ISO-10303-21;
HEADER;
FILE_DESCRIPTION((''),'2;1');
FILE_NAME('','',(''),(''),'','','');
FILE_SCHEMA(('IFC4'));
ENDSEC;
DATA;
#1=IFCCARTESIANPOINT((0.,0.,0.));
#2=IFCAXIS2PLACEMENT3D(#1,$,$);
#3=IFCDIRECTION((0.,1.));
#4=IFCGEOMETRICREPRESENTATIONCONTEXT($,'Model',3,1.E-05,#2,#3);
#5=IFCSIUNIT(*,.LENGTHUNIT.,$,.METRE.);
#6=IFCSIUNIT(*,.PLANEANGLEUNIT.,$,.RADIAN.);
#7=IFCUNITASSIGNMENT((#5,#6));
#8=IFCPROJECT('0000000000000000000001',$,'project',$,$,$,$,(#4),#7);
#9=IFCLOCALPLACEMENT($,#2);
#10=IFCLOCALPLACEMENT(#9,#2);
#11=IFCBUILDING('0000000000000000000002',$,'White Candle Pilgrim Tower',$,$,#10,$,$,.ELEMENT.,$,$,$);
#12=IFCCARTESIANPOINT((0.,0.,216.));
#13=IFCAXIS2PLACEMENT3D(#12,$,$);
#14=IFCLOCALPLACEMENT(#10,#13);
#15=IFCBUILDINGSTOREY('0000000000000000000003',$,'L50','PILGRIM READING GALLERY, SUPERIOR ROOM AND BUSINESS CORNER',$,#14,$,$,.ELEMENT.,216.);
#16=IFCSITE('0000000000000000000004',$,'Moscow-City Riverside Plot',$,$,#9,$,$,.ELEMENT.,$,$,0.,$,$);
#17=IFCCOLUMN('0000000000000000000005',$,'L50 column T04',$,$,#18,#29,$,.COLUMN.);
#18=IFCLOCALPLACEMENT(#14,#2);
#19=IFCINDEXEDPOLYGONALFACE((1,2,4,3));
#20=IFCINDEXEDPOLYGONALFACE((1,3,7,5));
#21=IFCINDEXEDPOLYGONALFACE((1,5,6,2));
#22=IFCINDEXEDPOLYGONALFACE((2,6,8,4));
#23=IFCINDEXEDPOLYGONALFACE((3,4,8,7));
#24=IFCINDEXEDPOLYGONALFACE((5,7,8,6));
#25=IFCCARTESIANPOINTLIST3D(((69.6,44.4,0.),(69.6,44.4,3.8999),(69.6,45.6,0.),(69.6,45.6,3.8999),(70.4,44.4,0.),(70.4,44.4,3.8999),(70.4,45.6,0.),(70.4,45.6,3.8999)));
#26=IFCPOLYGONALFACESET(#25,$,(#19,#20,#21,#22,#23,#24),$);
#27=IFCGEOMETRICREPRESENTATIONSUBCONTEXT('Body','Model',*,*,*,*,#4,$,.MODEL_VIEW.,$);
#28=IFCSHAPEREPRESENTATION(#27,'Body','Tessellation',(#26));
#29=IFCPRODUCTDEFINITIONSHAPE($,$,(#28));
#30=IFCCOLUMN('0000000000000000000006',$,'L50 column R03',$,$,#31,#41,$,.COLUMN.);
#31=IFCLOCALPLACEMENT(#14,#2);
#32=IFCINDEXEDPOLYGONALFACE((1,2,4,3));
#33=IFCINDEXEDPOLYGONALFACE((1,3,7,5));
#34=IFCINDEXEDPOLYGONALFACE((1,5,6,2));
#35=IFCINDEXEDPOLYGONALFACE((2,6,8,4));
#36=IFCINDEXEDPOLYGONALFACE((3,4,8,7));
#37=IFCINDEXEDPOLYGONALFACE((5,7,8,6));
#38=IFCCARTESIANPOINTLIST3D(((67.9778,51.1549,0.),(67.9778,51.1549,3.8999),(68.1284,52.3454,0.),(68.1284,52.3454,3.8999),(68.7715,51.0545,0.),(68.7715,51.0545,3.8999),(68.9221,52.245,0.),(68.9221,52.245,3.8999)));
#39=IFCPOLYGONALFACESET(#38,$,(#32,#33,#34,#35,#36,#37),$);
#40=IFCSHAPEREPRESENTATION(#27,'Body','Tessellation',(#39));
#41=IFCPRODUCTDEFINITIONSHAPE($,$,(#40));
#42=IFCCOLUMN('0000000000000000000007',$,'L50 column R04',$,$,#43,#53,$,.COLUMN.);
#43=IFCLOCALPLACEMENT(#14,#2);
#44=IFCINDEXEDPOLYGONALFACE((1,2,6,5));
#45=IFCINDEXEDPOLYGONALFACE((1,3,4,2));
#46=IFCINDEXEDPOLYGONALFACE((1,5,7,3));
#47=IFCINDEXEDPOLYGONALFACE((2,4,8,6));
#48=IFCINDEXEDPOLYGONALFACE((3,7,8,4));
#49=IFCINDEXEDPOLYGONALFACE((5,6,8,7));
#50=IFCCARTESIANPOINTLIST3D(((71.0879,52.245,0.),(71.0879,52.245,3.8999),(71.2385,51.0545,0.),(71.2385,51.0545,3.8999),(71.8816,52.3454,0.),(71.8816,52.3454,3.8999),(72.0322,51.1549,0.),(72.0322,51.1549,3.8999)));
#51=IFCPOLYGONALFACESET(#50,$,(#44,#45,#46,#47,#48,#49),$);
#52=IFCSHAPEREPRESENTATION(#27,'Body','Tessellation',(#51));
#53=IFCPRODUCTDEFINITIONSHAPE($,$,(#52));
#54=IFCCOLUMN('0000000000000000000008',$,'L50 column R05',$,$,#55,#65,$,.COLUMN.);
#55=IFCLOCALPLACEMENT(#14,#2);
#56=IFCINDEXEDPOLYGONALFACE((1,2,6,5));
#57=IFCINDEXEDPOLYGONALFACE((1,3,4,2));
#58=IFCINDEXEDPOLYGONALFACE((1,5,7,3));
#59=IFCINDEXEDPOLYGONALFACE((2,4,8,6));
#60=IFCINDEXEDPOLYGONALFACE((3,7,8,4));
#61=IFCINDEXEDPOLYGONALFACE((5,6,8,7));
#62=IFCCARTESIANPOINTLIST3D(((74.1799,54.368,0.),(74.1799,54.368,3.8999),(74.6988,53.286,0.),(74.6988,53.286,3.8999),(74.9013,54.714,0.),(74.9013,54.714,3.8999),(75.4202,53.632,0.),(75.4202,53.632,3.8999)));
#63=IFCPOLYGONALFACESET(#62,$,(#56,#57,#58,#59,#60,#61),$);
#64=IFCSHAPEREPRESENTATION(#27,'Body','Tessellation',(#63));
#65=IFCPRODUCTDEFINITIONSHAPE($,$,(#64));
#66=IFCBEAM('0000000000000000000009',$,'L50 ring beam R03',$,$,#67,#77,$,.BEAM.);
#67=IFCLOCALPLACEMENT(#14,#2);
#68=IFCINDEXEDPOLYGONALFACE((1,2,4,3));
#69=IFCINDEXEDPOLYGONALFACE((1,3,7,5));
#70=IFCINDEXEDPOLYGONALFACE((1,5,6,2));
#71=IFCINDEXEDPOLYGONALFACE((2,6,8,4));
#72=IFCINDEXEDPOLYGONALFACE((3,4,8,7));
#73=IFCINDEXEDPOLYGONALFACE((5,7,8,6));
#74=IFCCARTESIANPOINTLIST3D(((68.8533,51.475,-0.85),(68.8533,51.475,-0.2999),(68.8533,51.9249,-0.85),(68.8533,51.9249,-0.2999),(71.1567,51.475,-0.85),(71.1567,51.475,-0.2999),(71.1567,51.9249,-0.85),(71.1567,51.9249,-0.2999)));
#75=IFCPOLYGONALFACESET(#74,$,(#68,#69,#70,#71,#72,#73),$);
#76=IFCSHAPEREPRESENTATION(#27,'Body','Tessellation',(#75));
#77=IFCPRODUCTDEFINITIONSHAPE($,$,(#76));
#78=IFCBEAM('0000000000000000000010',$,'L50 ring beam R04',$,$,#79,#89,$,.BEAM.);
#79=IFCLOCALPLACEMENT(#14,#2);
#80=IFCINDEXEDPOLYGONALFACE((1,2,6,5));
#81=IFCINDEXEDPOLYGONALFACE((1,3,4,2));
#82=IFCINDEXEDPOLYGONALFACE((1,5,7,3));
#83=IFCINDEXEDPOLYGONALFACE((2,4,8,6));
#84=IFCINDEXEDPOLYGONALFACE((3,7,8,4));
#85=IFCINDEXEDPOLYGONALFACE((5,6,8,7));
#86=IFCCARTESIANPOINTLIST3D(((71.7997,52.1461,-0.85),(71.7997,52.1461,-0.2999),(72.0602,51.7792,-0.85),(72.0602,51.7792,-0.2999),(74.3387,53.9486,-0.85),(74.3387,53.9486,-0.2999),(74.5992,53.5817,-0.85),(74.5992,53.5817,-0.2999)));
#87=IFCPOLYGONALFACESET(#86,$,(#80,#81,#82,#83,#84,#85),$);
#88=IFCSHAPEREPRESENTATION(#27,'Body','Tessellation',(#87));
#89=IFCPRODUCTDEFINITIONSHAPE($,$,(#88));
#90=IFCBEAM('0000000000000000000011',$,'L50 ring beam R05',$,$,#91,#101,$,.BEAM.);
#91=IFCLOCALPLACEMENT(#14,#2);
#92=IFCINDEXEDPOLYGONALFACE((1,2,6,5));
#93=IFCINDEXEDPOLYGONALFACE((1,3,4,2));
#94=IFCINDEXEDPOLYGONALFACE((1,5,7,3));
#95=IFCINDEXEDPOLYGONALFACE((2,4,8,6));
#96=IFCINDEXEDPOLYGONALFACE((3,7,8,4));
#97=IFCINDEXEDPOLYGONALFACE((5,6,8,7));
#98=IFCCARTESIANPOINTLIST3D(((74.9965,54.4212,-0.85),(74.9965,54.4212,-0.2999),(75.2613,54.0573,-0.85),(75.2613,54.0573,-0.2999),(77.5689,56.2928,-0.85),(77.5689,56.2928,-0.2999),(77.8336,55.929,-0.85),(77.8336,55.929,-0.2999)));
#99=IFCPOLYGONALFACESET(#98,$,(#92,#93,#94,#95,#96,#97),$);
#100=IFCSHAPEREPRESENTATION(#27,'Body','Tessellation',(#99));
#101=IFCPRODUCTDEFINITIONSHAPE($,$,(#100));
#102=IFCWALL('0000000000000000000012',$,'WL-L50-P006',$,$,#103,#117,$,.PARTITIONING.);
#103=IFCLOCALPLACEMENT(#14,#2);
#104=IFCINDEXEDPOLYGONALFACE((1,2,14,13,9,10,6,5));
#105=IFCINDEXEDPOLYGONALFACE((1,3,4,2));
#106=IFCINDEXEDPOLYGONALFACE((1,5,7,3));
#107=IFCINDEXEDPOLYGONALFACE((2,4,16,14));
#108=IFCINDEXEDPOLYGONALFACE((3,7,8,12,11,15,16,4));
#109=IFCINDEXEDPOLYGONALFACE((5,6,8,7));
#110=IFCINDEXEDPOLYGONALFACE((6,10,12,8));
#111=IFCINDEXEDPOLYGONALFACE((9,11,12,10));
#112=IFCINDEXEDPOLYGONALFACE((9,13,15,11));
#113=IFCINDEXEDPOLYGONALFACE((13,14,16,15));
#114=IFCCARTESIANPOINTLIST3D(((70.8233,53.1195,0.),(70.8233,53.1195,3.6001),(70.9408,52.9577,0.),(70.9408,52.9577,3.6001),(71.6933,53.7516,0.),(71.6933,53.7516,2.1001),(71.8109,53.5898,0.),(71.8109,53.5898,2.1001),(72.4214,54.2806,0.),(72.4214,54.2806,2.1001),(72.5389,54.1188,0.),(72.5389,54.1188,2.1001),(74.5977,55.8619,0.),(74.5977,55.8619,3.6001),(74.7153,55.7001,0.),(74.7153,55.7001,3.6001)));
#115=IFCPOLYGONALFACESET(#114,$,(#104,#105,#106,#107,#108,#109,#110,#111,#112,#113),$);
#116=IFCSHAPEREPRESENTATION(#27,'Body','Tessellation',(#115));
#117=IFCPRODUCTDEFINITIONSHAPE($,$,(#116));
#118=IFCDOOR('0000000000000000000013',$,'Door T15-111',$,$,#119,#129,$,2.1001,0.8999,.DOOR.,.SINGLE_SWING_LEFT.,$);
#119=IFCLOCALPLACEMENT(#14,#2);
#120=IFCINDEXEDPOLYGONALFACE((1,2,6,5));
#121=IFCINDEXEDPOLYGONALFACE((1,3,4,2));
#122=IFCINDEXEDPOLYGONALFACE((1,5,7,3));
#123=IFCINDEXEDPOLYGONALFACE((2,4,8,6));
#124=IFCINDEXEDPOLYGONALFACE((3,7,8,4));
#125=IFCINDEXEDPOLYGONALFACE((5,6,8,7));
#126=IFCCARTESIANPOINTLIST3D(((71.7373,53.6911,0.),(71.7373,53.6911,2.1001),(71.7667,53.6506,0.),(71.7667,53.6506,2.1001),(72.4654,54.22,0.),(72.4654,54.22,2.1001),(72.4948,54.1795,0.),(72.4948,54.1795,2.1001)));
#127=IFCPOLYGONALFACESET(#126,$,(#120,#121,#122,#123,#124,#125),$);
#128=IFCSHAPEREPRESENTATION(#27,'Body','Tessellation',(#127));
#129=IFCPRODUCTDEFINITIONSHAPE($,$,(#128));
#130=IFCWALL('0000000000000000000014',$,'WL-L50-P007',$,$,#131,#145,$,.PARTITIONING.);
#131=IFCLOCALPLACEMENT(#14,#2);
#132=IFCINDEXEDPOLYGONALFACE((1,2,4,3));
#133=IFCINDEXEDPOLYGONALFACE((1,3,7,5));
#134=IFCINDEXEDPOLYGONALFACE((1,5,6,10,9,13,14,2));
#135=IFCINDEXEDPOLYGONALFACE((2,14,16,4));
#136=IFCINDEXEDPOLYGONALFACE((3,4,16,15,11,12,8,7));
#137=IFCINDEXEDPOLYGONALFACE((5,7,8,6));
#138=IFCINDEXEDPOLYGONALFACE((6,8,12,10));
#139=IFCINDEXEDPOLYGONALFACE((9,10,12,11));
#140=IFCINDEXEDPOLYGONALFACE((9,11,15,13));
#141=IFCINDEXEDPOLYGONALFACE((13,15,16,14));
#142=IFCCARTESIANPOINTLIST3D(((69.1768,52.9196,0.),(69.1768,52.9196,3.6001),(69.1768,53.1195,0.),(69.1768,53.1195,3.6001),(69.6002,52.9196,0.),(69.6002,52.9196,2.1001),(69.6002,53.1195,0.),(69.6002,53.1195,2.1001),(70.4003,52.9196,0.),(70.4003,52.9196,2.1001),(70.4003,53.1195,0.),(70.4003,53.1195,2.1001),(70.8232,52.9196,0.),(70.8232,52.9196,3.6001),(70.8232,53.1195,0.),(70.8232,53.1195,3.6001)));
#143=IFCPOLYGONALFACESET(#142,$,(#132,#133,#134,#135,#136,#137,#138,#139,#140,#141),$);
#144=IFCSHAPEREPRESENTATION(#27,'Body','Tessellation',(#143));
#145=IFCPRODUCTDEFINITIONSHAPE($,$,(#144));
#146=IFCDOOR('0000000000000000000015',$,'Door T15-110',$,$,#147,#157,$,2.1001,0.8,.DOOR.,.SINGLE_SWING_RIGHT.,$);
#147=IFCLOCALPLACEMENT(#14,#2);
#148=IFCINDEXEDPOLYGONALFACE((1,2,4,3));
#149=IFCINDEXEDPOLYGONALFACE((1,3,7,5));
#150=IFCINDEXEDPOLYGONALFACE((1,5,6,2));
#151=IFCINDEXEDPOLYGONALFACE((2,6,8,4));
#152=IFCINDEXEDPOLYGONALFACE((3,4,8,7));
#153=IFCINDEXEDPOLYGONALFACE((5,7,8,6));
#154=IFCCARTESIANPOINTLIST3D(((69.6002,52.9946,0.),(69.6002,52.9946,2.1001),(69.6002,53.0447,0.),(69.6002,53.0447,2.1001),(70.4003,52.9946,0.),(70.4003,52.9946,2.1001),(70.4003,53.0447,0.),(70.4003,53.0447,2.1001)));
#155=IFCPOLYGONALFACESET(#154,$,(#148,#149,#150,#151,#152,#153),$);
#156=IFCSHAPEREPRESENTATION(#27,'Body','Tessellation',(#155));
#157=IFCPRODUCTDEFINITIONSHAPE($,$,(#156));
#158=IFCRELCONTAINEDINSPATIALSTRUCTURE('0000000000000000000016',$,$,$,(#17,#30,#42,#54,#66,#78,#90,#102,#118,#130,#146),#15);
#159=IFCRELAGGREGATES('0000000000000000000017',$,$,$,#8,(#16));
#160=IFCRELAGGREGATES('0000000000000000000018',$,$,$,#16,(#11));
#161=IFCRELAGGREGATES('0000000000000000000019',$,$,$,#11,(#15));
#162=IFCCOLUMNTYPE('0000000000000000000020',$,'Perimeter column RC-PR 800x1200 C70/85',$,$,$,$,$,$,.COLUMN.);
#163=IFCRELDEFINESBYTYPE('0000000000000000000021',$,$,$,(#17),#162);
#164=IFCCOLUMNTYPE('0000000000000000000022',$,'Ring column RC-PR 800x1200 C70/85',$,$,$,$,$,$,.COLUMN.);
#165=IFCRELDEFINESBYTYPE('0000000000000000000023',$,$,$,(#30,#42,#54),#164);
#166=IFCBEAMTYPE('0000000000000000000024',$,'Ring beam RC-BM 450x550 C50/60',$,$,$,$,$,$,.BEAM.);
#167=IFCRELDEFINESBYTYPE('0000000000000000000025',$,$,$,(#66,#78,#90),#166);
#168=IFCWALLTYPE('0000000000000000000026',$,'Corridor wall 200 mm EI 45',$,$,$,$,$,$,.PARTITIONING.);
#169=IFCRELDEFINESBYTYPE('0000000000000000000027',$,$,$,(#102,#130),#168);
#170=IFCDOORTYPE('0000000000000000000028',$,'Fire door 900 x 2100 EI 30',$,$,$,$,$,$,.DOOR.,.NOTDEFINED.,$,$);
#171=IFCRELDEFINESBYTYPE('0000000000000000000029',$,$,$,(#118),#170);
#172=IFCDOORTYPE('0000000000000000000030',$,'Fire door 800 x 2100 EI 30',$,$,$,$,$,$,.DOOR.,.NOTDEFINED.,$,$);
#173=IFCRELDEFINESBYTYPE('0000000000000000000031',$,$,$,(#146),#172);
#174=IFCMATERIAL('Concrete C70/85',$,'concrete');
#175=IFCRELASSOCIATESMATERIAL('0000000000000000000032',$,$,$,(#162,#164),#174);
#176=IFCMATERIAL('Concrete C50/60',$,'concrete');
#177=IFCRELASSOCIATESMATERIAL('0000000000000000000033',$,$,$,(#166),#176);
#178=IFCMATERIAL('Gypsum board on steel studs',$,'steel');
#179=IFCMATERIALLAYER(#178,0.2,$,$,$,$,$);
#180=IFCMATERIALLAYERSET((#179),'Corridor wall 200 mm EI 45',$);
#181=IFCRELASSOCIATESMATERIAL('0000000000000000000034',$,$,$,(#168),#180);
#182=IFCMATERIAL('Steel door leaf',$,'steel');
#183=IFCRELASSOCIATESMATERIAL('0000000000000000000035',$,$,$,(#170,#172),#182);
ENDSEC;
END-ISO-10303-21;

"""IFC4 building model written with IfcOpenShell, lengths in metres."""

from ifc_helpers import new_model, si_unit, direction, frame, frame_2d, origin, origin_2d, place, context, subcontext, project, spatial, rectangle, extrude, material, layer, layer_set, material_profile, profile_set, type_object, element, fill, save


model = new_model("IFC4")

# Units and contexts
model_context = context("Model", 3, precision=1e-05, world=origin(), true_north=direction((0.0, 1.0)))
body_context = subcontext(model_context, "Body", "Model", "MODEL_VIEW")
ifc_project = project(units=[si_unit("LENGTHUNIT", "METRE"), si_unit("PLANEANGLEUNIT", "RADIAN")], contexts=[model_context])

# Site, building, storey
site_placement = place(None, origin())
site = spatial("IfcSite", under=ifc_project, at=site_placement, Name="Moscow-City Riverside Plot", CompositionType="ELEMENT", RefElevation=0.0)
building_placement = place(site_placement, origin())
building = spatial("IfcBuilding", under=site, at=building_placement, Name="White Candle Pilgrim Tower", CompositionType="ELEMENT")
storey_placement = place(building_placement, frame((0.0, 0.0, 216.0)))
storey = spatial("IfcBuildingStorey", under=building, at=storey_placement, Name="L50", Description="PILGRIM READING GALLERY, SUPERIOR ROOM AND BUSINESS CORNER", CompositionType="ELEMENT", Elevation=216.0)

# Columns
ifc_material_1 = material(Name="Concrete C70/85", Category="concrete")
ifc_material_profile_1 = material_profile(ifc_material_1, rectangle(XDim=0.8, YDim=1.2, at=origin_2d()), Name="RC-PR 800x1200")
ifc_profile_set_1 = profile_set([ifc_material_profile_1], Name="Concrete C70/85")
column_type_1 = type_object("IfcColumnType", Name="Perimeter column RC-PR 800x1200 C70/85", PredefinedType="COLUMN", material=ifc_profile_set_1)
column_placement = place(storey_placement, frame((70.0, 45.0, 0.0), z_axis=(0.0, 0.0, 1.0), x_axis=(-1.0, 0.0, 0.0)))
element("IfcColumn", 1, at=column_placement, inside=storey, type_object=column_type_1, Name="L50 column T04", PredefinedType="COLUMN", context=body_context, shape_type="SweptSolid", body=[
    extrude(rectangle(XDim=0.8, YDim=1.2, at=origin_2d()), origin(), (0.0, 0.0, 1.0), 3.8999),
])
ifc_material_profile_2 = material_profile(ifc_material_1, rectangle(XDim=0.8, YDim=1.2, at=origin_2d()), Name="RC-PR 800x1200")
ifc_profile_set_2 = profile_set([ifc_material_profile_2], Name="Concrete C70/85")
column_type_2 = type_object("IfcColumnType", Name="Ring column RC-PR 800x1200 C70/85", PredefinedType="COLUMN", material=ifc_profile_set_2)
for number, where, z_axis, x_axis, name in (
    (2, (68.45, 51.7, 0.0), (0.0, 0.0, 1.0), (-0.992093, 0.125506, 0.0), "L50 column R03"),
    (3, (71.5601, 51.7, 0.0), (0.0, 0.0, 1.0), (-0.992093, -0.125506, 0.0), "L50 column R04"),
    (4, (74.8, 54.0, 0.0), (0.0, 0.0, 1.0), (-0.901689, -0.432385, 0.0), "L50 column R05"),
):
    element("IfcColumn", number, at=place(storey_placement, frame(where, z_axis=z_axis, x_axis=x_axis)), inside=storey, type_object=column_type_2, Name=name, PredefinedType="COLUMN", context=body_context, shape_type="SweptSolid", body=[
        extrude(rectangle(XDim=0.8, YDim=1.2, at=origin_2d()), origin(), (0.0, 0.0, 1.0), 3.8999),
    ])

# Beams
ifc_material_2 = material(Name="Concrete C50/60", Category="concrete")
ifc_material_profile_3 = material_profile(ifc_material_2, rectangle(XDim=0.45, YDim=0.55, at=origin_2d()), Name="RC-BM 450x550")
ifc_profile_set_3 = profile_set([ifc_material_profile_3], Name="Concrete C50/60")
beam_type = type_object("IfcBeamType", Name="Ring beam RC-BM 450x550 C50/60", PredefinedType="BEAM", material=ifc_profile_set_3)
beam_1_placement = place(storey_placement, frame((68.8533, 51.7, -0.575), z_axis=(1.0, 0.0, 0.0), x_axis=(0.0, 1.0, 0.0)))
element("IfcBeam", 5, at=beam_1_placement, inside=storey, type_object=beam_type, Name="L50 ring beam R03", PredefinedType="BEAM", context=body_context, shape_type="SweptSolid", body=[
    extrude(rectangle(XDim=0.45, YDim=0.55, at=origin_2d()), origin(), (0.0, 0.0, 1.0), 2.3035),
])
beam_2_placement = place(storey_placement, frame((71.9299, 51.9626, -0.575), z_axis=(0.81542, 0.57887, 0.0), x_axis=(-0.57887, 0.81542, 0.0)))
element("IfcBeam", 6, at=beam_2_placement, inside=storey, type_object=beam_type, Name="L50 ring beam R04", PredefinedType="BEAM", context=body_context, shape_type="SweptSolid", body=[
    extrude(rectangle(XDim=0.45, YDim=0.55, at=origin_2d()), origin(), (0.0, 0.0, 1.0), 3.1138),
])
beam_3_placement = place(storey_placement, frame((75.1289, 54.2393, -0.575), z_axis=(0.80861, 0.588345, 0.0), x_axis=(-0.588345, 0.80861, 0.0)))
element("IfcBeam", 7, at=beam_3_placement, inside=storey, type_object=beam_type, Name="L50 ring beam R05", PredefinedType="BEAM", context=body_context, shape_type="SweptSolid", body=[
    extrude(rectangle(XDim=0.45, YDim=0.55, at=origin_2d()), origin(), (0.0, 0.0, 1.0), 3.1812),
])

# Walls, openings, doors
ifc_material_3 = material(Name="Gypsum board on steel studs", Category="steel")
ifc_layer_1 = layer(ifc_material_3, 0.2)
ifc_layer_set_1 = layer_set([ifc_layer_1], Name="Corridor wall 200 mm EI 45")
wall_type_1 = type_object("IfcWallType", Name="Corridor wall 200 mm EI 45", PredefinedType="PARTITIONING", material=ifc_layer_set_1)
wall_1_placement = place(storey_placement, frame((74.6565, 55.781, 0.0), z_axis=(0.0, 0.0, 1.0), x_axis=(-0.809001, -0.587808, 0.0)))
wall_1 = element("IfcWall", 8, at=wall_1_placement, inside=storey, type_object=wall_type_1, Name="WL-L50-P006", PredefinedType="PARTITIONING", context=body_context, shape_type="SweptSolid", body=[
    extrude(rectangle(XDim=4.6655, YDim=0.2, at=frame_2d((2.3328, 0.0))), origin(), (0.0, 0.0, 1.0), 3.6001),
])
opening_1_placement = place(wall_1_placement, frame((2.6902, 0.0, 0.0)))
opening_1 = element("IfcOpeningElement", 9, at=opening_1_placement, cuts=wall_1, PredefinedType="OPENING", context=body_context, shape_type="SweptSolid", body=[
    extrude(rectangle(XDim=0.8999, YDim=2.1001, at=frame_2d((0.45, 1.05))), frame((0.0, 0.1099, 0.0), z_axis=(0.0, -1.0, 0.0), x_axis=(1.0, 0.0, 0.0)), (0.0, 0.0, 1.0), 0.22),
])
ifc_material_4 = material(Name="Steel door leaf", Category="steel")
door_type_1 = type_object("IfcDoorType", Name="Fire door 900 x 2100 EI 30", OperationType="NOTDEFINED", PredefinedType="DOOR", material=ifc_material_4)
door_1_placement = place(opening_1_placement, origin())
door_1 = element("IfcDoor", 10, at=door_1_placement, inside=storey, type_object=door_type_1, Name="Door T15-111", OperationType="SINGLE_SWING_LEFT", OverallHeight=2.1001, OverallWidth=0.8999, PredefinedType="DOOR", context=body_context, shape_type="SweptSolid", body=[
    extrude(rectangle(XDim=0.8999, YDim=2.1001, at=frame_2d((0.45, 1.05))), frame((0.0, 0.0249, 0.0), z_axis=(0.0, -1.0, 0.0), x_axis=(1.0, 0.0, 0.0)), (0.0, 0.0, 1.0), 0.05),
])
fill(opening_1, door_1)
wall_2_placement = place(storey_placement, frame((70.8232, 53.0195, 0.0), z_axis=(0.0, 0.0, 1.0), x_axis=(-1.0, 0.0, 0.0)))
wall_2 = element("IfcWall", 11, at=wall_2_placement, inside=storey, type_object=wall_type_1, Name="WL-L50-P007", PredefinedType="PARTITIONING", context=body_context, shape_type="SweptSolid", body=[
    extrude(rectangle(XDim=1.6465, YDim=0.2, at=frame_2d((0.8232, 0.0))), origin(), (0.0, 0.0, 1.0), 3.6001),
])
opening_2_placement = place(wall_2_placement, frame((0.4231, 0.0, 0.0)))
opening_2 = element("IfcOpeningElement", 12, at=opening_2_placement, cuts=wall_2, PredefinedType="OPENING", context=body_context, shape_type="SweptSolid", body=[
    extrude(rectangle(XDim=0.8, YDim=2.1001, at=frame_2d((0.3999, 1.05))), frame((0.0, 0.1099, 0.0), z_axis=(0.0, -1.0, 0.0), x_axis=(1.0, 0.0, 0.0)), (0.0, 0.0, 1.0), 0.22),
])
door_type_2 = type_object("IfcDoorType", Name="Fire door 800 x 2100 EI 30", OperationType="NOTDEFINED", PredefinedType="DOOR", material=ifc_material_4)
door_2_placement = place(opening_2_placement, origin())
door_2 = element("IfcDoor", 13, at=door_2_placement, inside=storey, type_object=door_type_2, Name="Door T15-110", OperationType="SINGLE_SWING_RIGHT", OverallHeight=2.1001, OverallWidth=0.8, PredefinedType="DOOR", context=body_context, shape_type="SweptSolid", body=[
    extrude(rectangle(XDim=0.8, YDim=2.1001, at=frame_2d((0.3999, 1.05))), frame((0.0, 0.0249, 0.0), z_axis=(0.0, -1.0, 0.0), x_axis=(1.0, 0.0, 0.0)), (0.0, 0.0, 1.0), 0.05),
])
fill(opening_2, door_2)

save(model, "model.ifc")
